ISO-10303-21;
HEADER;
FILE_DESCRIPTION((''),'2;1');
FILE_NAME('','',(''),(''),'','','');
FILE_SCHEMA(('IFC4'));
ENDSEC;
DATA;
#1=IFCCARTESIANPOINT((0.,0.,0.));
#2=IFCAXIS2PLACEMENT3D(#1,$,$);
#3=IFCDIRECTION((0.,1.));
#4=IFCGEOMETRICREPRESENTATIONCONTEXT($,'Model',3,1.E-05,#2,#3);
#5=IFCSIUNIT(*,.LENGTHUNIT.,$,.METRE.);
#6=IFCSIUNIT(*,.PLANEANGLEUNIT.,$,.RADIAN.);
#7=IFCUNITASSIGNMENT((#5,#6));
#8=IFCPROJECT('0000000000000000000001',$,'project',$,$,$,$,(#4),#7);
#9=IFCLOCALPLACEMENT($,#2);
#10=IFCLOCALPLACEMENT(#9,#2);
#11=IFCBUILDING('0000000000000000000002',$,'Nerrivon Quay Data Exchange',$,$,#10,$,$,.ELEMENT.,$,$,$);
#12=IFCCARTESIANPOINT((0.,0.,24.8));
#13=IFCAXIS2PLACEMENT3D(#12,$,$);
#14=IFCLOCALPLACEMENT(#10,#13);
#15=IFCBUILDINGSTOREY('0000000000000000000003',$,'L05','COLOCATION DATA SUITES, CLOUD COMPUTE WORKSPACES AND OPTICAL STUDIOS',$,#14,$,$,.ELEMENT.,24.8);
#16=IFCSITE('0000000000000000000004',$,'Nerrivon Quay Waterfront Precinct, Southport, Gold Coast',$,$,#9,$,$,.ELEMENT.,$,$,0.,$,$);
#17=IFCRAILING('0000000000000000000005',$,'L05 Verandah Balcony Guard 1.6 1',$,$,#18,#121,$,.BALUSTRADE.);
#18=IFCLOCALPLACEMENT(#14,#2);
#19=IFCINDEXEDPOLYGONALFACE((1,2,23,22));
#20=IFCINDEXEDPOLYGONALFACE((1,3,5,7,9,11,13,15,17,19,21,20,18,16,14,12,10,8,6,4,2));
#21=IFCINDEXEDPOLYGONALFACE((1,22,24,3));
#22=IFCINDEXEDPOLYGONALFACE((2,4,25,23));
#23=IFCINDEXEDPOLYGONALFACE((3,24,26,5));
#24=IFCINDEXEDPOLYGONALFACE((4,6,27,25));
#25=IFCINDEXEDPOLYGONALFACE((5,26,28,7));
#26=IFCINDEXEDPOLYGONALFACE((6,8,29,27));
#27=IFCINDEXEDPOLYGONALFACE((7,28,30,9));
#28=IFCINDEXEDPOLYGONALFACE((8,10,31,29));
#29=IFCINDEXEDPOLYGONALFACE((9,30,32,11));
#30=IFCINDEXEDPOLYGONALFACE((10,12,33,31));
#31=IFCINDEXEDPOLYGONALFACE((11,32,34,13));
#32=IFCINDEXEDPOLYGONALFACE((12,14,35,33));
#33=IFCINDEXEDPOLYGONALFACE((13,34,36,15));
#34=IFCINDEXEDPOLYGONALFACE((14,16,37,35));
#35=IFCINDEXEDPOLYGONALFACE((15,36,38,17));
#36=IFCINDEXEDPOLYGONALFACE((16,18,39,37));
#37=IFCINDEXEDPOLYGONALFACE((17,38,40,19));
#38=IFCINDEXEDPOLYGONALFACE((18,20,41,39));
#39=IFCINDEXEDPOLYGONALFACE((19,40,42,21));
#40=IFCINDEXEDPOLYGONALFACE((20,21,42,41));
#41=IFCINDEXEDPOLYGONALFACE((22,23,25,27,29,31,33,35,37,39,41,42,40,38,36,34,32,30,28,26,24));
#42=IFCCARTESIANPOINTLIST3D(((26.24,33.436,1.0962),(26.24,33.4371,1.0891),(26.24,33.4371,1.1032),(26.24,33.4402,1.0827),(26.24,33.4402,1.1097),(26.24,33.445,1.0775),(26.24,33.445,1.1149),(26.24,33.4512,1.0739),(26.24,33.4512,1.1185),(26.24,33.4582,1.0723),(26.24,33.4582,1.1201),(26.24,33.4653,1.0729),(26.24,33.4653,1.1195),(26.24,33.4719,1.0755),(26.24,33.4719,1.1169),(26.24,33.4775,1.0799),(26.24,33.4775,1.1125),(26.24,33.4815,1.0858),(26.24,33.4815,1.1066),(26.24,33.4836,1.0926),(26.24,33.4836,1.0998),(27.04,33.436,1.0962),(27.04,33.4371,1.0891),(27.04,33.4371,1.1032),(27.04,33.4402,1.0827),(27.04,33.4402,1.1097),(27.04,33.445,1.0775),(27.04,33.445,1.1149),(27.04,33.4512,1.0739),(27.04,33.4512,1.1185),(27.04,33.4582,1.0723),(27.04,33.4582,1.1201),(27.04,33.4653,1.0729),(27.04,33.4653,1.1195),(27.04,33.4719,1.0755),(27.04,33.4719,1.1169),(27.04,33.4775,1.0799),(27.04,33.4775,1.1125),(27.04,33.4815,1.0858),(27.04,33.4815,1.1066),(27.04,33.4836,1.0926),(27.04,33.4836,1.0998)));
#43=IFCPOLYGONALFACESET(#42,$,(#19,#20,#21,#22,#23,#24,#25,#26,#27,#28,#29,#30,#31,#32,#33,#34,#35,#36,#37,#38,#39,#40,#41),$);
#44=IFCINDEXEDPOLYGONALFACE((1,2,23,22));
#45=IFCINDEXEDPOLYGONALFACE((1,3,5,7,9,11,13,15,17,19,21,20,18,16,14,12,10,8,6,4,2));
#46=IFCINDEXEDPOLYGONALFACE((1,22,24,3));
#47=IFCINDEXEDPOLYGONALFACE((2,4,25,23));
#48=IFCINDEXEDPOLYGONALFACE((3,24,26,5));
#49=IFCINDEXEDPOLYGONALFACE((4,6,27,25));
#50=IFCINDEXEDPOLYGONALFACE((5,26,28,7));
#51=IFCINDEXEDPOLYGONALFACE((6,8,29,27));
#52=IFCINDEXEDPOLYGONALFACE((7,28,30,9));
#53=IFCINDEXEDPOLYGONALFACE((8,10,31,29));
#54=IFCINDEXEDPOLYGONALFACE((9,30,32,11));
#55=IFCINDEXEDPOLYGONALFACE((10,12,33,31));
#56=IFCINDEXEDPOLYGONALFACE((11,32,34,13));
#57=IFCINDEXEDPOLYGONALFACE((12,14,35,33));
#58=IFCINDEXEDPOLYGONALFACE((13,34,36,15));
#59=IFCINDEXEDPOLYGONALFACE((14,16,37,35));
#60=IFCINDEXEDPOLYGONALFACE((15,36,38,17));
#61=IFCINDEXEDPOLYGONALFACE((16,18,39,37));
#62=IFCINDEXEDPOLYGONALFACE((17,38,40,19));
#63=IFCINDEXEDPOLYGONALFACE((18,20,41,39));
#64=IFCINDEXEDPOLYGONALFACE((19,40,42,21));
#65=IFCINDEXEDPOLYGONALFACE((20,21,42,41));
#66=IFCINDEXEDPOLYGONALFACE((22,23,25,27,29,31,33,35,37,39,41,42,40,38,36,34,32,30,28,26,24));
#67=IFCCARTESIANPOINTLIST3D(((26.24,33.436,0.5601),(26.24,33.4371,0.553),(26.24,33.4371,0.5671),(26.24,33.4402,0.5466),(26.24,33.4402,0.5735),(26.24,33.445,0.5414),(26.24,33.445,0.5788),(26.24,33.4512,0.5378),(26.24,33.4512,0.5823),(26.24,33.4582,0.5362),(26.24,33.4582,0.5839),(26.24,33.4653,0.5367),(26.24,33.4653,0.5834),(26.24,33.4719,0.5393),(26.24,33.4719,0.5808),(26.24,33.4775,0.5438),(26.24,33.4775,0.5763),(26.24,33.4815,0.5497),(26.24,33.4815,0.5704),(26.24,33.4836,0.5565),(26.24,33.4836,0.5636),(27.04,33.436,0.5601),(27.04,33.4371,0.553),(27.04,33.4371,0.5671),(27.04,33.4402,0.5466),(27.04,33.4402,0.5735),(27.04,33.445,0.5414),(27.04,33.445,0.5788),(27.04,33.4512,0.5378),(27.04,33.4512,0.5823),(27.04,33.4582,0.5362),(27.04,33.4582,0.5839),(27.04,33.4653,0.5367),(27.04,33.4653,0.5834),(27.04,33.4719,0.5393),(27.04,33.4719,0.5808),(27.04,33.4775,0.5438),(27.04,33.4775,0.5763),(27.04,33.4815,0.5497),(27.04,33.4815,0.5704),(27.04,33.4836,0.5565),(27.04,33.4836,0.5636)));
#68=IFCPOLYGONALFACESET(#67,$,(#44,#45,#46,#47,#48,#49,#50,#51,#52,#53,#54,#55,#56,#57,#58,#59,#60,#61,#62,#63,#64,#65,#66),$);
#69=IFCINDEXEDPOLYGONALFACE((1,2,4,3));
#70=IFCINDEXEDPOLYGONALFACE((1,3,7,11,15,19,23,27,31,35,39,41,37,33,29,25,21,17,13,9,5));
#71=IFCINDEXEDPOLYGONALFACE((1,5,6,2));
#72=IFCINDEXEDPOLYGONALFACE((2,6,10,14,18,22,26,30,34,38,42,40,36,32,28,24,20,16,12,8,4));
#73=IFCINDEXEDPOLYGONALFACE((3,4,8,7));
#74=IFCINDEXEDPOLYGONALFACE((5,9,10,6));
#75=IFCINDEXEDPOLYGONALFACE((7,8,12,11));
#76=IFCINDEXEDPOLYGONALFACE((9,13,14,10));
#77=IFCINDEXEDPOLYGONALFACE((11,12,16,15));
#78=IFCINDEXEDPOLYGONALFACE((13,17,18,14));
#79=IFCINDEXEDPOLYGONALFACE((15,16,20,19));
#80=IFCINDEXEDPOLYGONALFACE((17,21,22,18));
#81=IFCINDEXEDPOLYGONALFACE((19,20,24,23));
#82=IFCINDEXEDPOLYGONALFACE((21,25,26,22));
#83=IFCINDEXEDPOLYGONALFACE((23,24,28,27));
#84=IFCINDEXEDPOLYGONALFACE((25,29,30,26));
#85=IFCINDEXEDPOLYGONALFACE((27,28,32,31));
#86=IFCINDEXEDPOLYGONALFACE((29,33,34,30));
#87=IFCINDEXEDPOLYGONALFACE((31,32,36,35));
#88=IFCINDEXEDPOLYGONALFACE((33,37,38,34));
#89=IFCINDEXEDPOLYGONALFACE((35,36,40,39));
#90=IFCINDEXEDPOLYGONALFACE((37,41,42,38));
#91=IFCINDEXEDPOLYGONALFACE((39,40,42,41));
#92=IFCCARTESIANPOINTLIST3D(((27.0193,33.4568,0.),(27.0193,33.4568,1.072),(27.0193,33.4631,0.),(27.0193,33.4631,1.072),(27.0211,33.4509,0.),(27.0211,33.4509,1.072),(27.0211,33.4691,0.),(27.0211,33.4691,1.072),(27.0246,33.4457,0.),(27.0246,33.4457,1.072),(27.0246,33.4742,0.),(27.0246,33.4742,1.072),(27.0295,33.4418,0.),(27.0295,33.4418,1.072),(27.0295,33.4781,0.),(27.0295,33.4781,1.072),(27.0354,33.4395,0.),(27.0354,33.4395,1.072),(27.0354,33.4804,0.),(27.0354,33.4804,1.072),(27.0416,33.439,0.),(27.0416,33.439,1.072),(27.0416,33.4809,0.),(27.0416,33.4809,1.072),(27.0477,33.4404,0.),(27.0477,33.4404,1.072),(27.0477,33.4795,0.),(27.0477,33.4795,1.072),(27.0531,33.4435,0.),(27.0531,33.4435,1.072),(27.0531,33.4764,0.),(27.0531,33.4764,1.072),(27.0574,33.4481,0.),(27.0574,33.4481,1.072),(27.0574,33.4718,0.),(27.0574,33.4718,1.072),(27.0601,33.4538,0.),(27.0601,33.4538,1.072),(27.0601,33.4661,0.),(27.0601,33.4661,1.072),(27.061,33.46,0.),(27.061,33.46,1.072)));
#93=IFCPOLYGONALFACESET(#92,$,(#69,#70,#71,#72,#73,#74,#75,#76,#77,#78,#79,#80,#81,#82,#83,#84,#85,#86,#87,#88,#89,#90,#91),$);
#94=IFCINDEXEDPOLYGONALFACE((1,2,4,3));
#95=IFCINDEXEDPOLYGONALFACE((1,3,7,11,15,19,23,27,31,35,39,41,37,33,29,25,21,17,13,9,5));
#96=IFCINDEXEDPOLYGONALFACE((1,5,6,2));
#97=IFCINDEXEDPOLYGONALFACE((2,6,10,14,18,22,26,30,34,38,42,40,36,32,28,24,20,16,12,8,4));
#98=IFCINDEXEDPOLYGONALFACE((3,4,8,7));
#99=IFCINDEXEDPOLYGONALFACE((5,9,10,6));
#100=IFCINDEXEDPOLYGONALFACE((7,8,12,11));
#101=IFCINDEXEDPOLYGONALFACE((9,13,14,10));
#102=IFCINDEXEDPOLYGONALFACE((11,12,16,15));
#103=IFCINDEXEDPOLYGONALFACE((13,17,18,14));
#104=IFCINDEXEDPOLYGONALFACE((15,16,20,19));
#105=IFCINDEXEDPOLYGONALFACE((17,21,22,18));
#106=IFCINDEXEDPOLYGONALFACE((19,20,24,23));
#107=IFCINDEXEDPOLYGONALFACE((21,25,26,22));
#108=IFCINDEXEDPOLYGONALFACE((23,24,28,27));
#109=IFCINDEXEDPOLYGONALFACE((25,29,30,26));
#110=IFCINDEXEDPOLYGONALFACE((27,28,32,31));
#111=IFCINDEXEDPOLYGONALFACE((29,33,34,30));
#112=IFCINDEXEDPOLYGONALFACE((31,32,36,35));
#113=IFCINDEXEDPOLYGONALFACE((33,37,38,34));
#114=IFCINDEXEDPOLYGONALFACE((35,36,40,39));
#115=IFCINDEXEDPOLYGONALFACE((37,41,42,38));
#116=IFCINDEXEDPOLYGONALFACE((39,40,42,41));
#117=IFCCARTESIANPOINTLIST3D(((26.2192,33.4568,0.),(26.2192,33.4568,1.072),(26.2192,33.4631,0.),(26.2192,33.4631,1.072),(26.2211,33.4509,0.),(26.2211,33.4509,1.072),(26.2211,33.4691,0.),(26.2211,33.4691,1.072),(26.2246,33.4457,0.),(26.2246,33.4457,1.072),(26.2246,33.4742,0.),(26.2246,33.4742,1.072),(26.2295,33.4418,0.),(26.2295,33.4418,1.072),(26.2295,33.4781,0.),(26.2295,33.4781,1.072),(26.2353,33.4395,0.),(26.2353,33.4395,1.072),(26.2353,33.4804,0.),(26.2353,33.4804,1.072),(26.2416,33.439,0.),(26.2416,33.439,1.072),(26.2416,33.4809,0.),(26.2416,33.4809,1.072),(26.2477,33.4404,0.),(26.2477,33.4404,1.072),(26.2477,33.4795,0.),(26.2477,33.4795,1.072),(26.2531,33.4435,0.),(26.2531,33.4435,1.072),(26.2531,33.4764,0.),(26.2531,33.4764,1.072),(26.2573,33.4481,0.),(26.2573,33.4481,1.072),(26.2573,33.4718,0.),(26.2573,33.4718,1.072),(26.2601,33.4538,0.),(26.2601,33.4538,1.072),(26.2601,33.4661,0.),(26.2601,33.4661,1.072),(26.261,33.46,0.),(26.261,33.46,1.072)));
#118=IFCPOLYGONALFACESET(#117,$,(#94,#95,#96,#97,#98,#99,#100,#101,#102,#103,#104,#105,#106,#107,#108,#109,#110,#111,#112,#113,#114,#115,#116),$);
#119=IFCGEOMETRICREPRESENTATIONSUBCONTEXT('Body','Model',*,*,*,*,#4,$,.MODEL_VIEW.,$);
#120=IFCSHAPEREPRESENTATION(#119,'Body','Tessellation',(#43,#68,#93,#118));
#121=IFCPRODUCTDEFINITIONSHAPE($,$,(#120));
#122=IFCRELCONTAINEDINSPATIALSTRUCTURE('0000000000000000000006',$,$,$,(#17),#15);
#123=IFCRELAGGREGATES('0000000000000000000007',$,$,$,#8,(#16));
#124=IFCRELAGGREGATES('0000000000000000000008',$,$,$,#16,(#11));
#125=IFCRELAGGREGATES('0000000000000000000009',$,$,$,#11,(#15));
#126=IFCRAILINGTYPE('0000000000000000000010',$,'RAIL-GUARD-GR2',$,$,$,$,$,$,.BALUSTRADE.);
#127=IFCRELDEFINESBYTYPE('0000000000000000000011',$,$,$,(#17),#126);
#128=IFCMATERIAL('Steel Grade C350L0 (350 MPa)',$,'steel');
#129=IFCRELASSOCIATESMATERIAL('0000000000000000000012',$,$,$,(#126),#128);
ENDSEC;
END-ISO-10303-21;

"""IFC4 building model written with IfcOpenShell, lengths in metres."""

from ifc_helpers import new_model, si_unit, direction, frame, origin, origin_2d, place, context, subcontext, project, spatial, circle, extrude, material, type_object, element, save


model = new_model("IFC4")

# Units and contexts
model_context = context("Model", 3, precision=1e-05, world=origin(), true_north=direction((0.0, 1.0)))
body_context = subcontext(model_context, "Body", "Model", "MODEL_VIEW")
ifc_project = project(units=[si_unit("LENGTHUNIT", "METRE"), si_unit("PLANEANGLEUNIT", "RADIAN")], contexts=[model_context])

# Site, building, storey
site_placement = place(None, origin())
site = spatial("IfcSite", under=ifc_project, at=site_placement, Name="Nerrivon Quay Waterfront Precinct, Southport, Gold Coast", CompositionType="ELEMENT", RefElevation=0.0)
building_placement = place(site_placement, origin())
building = spatial("IfcBuilding", under=site, at=building_placement, Name="Nerrivon Quay Data Exchange", CompositionType="ELEMENT")
storey_placement = place(building_placement, frame((0.0, 0.0, 24.8)))
storey = spatial("IfcBuildingStorey", under=building, at=storey_placement, Name="L05", Description="COLOCATION DATA SUITES, CLOUD COMPUTE WORKSPACES AND OPTICAL STUDIOS", CompositionType="ELEMENT", Elevation=24.8)

# Railing
ifc_material_1 = material(Name="Steel Grade C350L0 (350 MPa)", Category="steel")
railing_type = type_object("IfcRailingType", Name="RAIL-GUARD-GR2", PredefinedType="BALUSTRADE", material=ifc_material_1)
railing_1_placement = place(storey_placement, frame((27.04, 33.46, 0.0)))
element("IfcRailing", 1, at=railing_1_placement, inside=storey, type_object=railing_type, Name="L05 Verandah Balcony Guard 1.6 1", PredefinedType="BALUSTRADE", context=body_context, shape_type="SweptSolid", body=[
    extrude(circle(Radius=0.0239, at=origin_2d()), frame((0.0, 0.0, 1.0962), z_axis=(-1.0, 0.0, 0.0), x_axis=(0.0, -1.0, 0.0)), (0.0, 0.0, 1.0), 0.8),
    extrude(circle(Radius=0.0239, at=origin_2d()), frame((0.0, 0.0, 0.5601), z_axis=(-1.0, 0.0, 0.0), x_axis=(0.0, -1.0, 0.0)), (0.0, 0.0, 1.0), 0.8),
    extrude(circle(Radius=0.021, at=origin_2d()), origin(), (0.0, 0.0, 1.0), 1.072),
    extrude(circle(Radius=0.021, at=origin_2d()), frame((-0.8, 0.0, 0.0)), (0.0, 0.0, 1.0), 1.072),
])

save(model, "model.ifc")
